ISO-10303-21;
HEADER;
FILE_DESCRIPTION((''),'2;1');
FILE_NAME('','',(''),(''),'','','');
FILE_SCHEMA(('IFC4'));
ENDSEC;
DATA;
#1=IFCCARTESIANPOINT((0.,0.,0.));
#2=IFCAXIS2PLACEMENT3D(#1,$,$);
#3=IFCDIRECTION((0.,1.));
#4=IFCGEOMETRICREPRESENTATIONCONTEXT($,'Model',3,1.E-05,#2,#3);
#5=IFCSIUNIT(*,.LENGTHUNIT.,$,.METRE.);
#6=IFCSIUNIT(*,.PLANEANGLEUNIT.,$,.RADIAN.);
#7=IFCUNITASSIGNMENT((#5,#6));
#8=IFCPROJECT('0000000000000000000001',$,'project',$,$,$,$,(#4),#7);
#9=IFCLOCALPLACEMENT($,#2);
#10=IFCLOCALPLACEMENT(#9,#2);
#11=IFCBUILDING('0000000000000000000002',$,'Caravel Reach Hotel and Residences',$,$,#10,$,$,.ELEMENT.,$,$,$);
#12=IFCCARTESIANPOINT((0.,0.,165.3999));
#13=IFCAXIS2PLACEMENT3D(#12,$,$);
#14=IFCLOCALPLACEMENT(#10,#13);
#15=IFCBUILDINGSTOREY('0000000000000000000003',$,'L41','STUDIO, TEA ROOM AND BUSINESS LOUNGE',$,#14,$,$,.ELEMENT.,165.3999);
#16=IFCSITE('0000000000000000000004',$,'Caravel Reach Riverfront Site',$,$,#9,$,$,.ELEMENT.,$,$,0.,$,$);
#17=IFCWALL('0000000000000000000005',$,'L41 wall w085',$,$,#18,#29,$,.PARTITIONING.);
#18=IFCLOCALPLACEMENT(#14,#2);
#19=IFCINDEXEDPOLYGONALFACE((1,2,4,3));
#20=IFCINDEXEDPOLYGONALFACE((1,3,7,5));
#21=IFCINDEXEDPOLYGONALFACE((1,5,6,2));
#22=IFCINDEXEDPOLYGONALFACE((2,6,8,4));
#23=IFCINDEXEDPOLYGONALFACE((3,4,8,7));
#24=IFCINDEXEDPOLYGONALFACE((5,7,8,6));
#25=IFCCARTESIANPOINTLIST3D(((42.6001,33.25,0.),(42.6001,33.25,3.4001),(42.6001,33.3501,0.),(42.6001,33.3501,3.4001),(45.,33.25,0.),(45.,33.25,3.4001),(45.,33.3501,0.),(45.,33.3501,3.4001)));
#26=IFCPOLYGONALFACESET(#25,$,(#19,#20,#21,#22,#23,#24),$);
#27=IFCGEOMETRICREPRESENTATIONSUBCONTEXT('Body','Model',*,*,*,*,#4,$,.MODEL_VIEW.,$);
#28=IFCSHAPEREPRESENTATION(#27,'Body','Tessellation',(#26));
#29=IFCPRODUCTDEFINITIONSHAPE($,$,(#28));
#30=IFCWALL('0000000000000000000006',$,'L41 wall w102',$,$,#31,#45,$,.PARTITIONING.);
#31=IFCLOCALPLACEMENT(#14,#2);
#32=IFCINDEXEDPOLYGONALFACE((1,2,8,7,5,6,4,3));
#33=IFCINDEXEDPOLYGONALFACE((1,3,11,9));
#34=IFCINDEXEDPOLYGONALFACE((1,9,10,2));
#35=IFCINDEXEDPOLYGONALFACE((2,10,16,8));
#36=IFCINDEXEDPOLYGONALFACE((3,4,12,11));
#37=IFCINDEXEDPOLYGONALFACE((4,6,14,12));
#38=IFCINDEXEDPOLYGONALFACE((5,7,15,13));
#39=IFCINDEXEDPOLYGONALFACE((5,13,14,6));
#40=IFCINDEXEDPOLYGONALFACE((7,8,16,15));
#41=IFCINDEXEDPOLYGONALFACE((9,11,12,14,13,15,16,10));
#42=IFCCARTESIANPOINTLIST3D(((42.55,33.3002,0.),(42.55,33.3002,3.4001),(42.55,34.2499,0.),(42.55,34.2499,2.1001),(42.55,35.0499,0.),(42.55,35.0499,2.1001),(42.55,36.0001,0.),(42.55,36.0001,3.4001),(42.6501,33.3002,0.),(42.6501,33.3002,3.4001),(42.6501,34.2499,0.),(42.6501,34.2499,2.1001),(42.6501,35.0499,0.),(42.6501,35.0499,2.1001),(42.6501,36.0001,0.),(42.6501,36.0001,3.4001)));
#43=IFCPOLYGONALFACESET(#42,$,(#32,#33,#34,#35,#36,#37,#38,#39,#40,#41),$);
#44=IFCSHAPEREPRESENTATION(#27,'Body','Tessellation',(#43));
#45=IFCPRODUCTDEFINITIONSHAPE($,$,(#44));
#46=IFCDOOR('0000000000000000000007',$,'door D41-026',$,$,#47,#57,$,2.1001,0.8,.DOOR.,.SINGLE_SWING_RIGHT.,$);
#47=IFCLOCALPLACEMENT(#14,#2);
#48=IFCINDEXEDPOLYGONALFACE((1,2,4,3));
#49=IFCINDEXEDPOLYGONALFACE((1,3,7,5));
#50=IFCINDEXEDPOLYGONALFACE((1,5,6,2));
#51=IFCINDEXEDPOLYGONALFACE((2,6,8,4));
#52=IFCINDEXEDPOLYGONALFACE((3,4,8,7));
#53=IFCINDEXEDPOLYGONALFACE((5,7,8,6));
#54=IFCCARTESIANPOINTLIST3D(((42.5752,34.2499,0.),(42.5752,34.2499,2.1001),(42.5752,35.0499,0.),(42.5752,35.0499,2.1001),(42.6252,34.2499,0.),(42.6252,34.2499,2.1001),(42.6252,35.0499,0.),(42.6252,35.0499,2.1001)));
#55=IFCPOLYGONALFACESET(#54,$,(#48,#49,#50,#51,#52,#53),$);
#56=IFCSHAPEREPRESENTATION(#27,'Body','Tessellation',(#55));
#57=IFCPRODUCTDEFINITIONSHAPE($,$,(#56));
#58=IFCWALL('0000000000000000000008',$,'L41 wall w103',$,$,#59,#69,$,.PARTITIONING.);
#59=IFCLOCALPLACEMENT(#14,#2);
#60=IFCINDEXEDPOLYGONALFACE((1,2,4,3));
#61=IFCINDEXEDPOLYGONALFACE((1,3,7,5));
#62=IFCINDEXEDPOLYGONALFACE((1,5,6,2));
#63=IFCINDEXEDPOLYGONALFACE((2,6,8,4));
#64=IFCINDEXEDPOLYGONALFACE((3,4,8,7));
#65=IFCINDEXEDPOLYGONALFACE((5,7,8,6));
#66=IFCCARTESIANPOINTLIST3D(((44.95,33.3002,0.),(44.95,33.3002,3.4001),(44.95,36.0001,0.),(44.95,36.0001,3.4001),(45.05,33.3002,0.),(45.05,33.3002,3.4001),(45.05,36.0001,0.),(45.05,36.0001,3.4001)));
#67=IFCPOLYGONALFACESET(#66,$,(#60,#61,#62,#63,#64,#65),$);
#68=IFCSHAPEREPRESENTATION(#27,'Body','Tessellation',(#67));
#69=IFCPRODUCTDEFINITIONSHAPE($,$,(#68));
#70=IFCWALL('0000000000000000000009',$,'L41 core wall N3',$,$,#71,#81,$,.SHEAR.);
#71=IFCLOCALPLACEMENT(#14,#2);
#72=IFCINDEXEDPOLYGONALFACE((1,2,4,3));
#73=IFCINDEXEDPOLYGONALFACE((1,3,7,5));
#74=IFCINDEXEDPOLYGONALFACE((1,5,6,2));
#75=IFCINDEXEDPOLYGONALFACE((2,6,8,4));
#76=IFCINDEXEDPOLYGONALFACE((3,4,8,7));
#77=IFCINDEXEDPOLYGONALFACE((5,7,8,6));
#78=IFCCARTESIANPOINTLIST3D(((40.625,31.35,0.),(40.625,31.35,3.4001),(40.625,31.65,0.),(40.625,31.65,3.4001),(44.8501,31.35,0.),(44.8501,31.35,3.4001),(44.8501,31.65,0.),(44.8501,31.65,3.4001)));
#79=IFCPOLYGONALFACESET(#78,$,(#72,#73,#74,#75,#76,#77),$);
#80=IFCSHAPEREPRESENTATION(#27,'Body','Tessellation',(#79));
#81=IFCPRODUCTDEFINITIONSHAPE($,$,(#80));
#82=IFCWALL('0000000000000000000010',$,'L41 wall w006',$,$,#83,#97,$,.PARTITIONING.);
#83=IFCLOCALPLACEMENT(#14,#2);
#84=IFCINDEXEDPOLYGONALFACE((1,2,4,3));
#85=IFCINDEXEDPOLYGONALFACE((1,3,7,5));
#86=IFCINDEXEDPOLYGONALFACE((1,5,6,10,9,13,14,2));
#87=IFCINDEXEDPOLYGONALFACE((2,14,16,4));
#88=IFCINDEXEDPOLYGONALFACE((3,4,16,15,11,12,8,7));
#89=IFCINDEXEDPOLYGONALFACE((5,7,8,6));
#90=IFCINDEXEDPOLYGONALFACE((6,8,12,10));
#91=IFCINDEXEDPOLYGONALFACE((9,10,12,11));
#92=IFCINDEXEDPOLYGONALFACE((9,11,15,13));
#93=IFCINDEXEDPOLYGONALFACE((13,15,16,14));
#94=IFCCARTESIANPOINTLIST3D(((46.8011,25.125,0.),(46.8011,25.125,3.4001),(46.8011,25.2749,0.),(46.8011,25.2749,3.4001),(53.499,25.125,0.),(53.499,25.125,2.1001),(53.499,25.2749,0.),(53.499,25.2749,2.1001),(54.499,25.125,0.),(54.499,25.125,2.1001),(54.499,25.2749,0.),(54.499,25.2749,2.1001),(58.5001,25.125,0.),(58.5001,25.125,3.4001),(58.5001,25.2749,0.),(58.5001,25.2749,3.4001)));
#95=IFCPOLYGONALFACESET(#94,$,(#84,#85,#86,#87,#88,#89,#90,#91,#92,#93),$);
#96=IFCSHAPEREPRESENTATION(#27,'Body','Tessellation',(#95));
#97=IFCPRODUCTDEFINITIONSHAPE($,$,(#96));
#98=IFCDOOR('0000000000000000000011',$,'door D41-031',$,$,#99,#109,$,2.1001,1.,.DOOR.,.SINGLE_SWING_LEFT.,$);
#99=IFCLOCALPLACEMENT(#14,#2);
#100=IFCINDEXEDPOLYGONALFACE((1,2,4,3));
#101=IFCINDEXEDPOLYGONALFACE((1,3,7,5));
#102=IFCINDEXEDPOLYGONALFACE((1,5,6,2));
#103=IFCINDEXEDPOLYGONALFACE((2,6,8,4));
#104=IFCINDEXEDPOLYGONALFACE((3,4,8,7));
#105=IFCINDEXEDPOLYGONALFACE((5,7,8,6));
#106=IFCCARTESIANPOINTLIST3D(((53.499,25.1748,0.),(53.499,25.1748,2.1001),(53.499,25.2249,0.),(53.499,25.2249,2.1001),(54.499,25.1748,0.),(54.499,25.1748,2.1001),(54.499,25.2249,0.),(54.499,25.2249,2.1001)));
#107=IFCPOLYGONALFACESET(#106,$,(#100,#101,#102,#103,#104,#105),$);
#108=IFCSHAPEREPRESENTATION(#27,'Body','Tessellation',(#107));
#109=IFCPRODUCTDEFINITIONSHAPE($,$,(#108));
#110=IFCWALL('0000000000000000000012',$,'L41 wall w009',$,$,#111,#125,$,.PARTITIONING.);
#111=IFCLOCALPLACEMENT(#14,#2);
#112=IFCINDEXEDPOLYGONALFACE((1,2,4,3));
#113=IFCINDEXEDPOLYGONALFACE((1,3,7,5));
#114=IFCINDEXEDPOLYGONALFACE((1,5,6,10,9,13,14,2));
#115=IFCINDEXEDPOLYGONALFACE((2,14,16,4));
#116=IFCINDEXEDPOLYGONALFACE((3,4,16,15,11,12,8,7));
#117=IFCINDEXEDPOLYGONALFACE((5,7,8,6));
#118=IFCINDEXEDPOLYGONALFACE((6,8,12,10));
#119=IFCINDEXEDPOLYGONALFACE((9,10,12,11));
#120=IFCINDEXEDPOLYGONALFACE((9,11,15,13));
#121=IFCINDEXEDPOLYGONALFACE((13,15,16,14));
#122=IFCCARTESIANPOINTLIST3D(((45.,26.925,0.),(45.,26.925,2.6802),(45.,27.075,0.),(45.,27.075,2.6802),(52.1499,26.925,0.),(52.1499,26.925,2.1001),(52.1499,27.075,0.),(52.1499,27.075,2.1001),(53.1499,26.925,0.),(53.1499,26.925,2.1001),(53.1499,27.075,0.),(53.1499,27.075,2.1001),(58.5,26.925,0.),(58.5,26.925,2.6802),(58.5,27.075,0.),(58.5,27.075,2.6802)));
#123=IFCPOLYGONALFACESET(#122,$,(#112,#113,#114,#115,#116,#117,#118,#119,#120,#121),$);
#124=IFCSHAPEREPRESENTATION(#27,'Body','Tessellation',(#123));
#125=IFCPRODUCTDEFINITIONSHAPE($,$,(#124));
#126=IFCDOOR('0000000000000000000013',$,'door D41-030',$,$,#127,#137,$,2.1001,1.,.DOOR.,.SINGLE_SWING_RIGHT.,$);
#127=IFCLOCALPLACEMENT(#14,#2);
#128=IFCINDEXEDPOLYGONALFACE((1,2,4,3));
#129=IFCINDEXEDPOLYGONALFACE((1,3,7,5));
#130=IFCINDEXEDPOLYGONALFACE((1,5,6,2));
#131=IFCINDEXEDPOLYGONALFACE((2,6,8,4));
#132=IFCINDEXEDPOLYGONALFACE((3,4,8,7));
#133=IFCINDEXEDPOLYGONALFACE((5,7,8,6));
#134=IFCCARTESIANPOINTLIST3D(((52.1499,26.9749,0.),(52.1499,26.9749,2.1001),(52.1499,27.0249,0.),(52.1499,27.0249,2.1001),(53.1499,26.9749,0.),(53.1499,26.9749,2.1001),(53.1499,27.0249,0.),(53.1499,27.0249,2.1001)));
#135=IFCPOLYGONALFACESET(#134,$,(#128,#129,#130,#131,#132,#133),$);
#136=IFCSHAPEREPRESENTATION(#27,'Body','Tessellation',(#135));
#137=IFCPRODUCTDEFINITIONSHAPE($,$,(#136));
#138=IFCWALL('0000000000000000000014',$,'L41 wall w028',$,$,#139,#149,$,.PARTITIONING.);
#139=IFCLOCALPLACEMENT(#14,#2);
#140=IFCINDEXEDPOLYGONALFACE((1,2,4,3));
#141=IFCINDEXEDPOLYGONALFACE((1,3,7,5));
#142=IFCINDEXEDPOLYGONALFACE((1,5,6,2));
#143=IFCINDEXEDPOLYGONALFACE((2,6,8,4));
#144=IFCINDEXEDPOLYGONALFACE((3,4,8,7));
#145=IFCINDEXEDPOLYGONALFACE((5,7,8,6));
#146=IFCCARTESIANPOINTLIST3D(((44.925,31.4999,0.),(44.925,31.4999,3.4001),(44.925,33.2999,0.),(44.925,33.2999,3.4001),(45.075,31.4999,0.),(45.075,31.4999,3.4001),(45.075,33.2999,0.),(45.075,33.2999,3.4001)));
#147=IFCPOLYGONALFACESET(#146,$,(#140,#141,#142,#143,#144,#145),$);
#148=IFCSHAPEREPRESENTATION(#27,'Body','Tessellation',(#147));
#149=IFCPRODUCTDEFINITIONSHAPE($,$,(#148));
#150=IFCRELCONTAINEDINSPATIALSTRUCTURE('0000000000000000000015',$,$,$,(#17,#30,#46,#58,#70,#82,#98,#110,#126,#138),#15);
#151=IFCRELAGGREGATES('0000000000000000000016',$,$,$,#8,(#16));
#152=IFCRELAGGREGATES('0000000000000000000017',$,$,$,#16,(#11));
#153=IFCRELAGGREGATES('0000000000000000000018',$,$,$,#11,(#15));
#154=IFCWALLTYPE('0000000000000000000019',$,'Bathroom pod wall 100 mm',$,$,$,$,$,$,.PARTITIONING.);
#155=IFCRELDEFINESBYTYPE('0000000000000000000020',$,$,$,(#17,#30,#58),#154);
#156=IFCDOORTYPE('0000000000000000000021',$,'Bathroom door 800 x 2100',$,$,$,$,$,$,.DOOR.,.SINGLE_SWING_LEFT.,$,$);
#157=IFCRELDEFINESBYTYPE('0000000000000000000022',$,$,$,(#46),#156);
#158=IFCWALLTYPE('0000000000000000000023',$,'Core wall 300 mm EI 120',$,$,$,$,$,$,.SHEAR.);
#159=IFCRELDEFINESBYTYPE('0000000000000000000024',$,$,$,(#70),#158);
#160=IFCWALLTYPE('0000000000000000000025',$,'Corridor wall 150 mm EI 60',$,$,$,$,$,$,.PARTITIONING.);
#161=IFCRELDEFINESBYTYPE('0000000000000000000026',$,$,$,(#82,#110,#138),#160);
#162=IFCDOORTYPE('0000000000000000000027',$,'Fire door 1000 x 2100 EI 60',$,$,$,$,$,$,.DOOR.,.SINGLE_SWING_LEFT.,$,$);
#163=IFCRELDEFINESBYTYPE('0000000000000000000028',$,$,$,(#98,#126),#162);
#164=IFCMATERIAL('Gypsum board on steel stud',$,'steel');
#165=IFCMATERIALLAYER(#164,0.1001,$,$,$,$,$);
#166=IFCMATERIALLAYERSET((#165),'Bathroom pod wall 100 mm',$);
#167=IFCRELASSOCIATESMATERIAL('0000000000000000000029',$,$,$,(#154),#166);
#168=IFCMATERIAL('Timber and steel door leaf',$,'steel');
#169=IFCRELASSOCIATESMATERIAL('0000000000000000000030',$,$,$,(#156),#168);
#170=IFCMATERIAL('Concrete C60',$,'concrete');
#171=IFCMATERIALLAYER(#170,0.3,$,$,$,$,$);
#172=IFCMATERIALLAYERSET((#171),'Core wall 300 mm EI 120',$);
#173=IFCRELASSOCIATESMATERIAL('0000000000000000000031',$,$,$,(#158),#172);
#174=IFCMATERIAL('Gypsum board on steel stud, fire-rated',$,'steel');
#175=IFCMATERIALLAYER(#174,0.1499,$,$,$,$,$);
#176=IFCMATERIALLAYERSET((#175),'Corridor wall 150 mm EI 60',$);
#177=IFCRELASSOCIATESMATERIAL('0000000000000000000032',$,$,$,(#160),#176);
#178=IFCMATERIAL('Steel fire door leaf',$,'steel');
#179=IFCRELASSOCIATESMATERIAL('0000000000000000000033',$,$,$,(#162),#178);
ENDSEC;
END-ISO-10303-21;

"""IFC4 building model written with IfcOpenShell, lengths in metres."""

from ifc_helpers import new_model, si_unit, direction, frame, frame_2d, origin, place, context, subcontext, project, spatial, rectangle, extrude, material, layer, layer_set, type_object, element, fill, save


model = new_model("IFC4")

# Units and contexts
model_context = context("Model", 3, precision=1e-05, world=origin(), true_north=direction((0.0, 1.0)))
body_context = subcontext(model_context, "Body", "Model", "MODEL_VIEW")
ifc_project = project(units=[si_unit("LENGTHUNIT", "METRE"), si_unit("PLANEANGLEUNIT", "RADIAN")], contexts=[model_context])

# Site, building, storey
site_placement = place(None, origin())
site = spatial("IfcSite", under=ifc_project, at=site_placement, Name="Caravel Reach Riverfront Site", CompositionType="ELEMENT", RefElevation=0.0)
building_placement = place(site_placement, origin())
building = spatial("IfcBuilding", under=site, at=building_placement, Name="Caravel Reach Hotel and Residences", CompositionType="ELEMENT")
storey_placement = place(building_placement, frame((0.0, 0.0, 165.3999)))
storey = spatial("IfcBuildingStorey", under=building, at=storey_placement, Name="L41", Description="STUDIO, TEA ROOM AND BUSINESS LOUNGE", CompositionType="ELEMENT", Elevation=165.3999)

# Wall
ifc_material_1 = material(Name="Gypsum board on steel stud", Category="steel")
ifc_layer_1 = layer(ifc_material_1, 0.1001)
ifc_layer_set_1 = layer_set([ifc_layer_1], Name="Bathroom pod wall 100 mm")
wall_type_1 = type_object("IfcWallType", Name="Bathroom pod wall 100 mm", PredefinedType="PARTITIONING", material=ifc_layer_set_1)
wall_1_placement = place(storey_placement, frame((42.6001, 33.3, 0.0), z_axis=(0.0, 0.0, 1.0), x_axis=(1.0, 0.0, 0.0)))
element("IfcWall", 1, at=wall_1_placement, inside=storey, type_object=wall_type_1, Name="L41 wall w085", PredefinedType="PARTITIONING", context=body_context, shape_type="SweptSolid", body=[
    extrude(rectangle(XDim=2.3999, YDim=0.1001, at=frame_2d((1.2, 0.0))), origin(), (0.0, 0.0, 1.0), 3.4001),
])

# Wall, opening, door
wall_2_placement = place(storey_placement, frame((42.6001, 33.3, 0.0), z_axis=(0.0, 0.0, 1.0), x_axis=(0.0, 1.0, 0.0)))
wall_2 = element("IfcWall", 2, at=wall_2_placement, inside=storey, type_object=wall_type_1, Name="L41 wall w102", PredefinedType="PARTITIONING", context=body_context, shape_type="SweptSolid", body=[
    extrude(rectangle(XDim=2.7, YDim=0.1001, at=frame_2d((1.3501, 0.0))), origin(), (0.0, 0.0, 1.0), 3.4001),
])
opening_1_placement = place(wall_2_placement, frame((0.95, 0.0, 0.0)))
opening_1 = element("IfcOpeningElement", 3, at=opening_1_placement, cuts=wall_2, PredefinedType="OPENING", context=body_context, shape_type="SweptSolid", body=[
    extrude(rectangle(XDim=0.8, YDim=2.1001, at=frame_2d((0.3999, 1.05))), frame((0.0, 0.0601, 0.0), z_axis=(0.0, -1.0, 0.0), x_axis=(1.0, 0.0, 0.0)), (0.0, 0.0, 1.0), 0.1201),
])
ifc_material_2 = material(Name="Timber and steel door leaf", Category="steel")
door_type_1 = type_object("IfcDoorType", Name="Bathroom door 800 x 2100", OperationType="SINGLE_SWING_LEFT", PredefinedType="DOOR", material=ifc_material_2)
door_1_placement = place(opening_1_placement, origin())
door_1 = element("IfcDoor", 4, at=door_1_placement, inside=storey, type_object=door_type_1, Name="door D41-026", OperationType="SINGLE_SWING_RIGHT", OverallHeight=2.1001, OverallWidth=0.8, PredefinedType="DOOR", context=body_context, shape_type="SweptSolid", body=[
    extrude(rectangle(XDim=0.8, YDim=2.1001, at=frame_2d((0.3999, 1.05))), frame((0.0, 0.0249, 0.0), z_axis=(0.0, -1.0, 0.0), x_axis=(1.0, 0.0, 0.0)), (0.0, 0.0, 1.0), 0.05),
])
fill(opening_1, door_1)

# Walls
wall_3_placement = place(storey_placement, frame((45.0, 33.3, 0.0), z_axis=(0.0, 0.0, 1.0), x_axis=(0.0, 1.0, 0.0)))
element("IfcWall", 5, at=wall_3_placement, inside=storey, type_object=wall_type_1, Name="L41 wall w103", PredefinedType="PARTITIONING", context=body_context, shape_type="SweptSolid", body=[
    extrude(rectangle(XDim=2.7, YDim=0.1001, at=frame_2d((1.3501, 0.0))), origin(), (0.0, 0.0, 1.0), 3.4001),
])
ifc_material_3 = material(Name="Concrete C60", Category="concrete")
ifc_layer_2 = layer(ifc_material_3, 0.3)
ifc_layer_set_2 = layer_set([ifc_layer_2], Name="Core wall 300 mm EI 120")
wall_type_2 = type_object("IfcWallType", Name="Core wall 300 mm EI 120", PredefinedType="SHEAR", material=ifc_layer_set_2)
wall_4_placement = place(storey_placement, frame((40.625, 31.5, 0.0), z_axis=(0.0, 0.0, 1.0), x_axis=(1.0, 0.0, 0.0)))
element("IfcWall", 6, at=wall_4_placement, inside=storey, type_object=wall_type_2, Name="L41 core wall N3", PredefinedType="SHEAR", context=body_context, shape_type="SweptSolid", body=[
    extrude(rectangle(XDim=4.2251, YDim=0.3, at=frame_2d((2.1125, 0.0))), origin(), (0.0, 0.0, 1.0), 3.4001),
])

# Walls, openings, doors
ifc_material_4 = material(Name="Gypsum board on steel stud, fire-rated", Category="steel")
ifc_layer_3 = layer(ifc_material_4, 0.1499)
ifc_layer_set_3 = layer_set([ifc_layer_3], Name="Corridor wall 150 mm EI 60")
wall_type_3 = type_object("IfcWallType", Name="Corridor wall 150 mm EI 60", PredefinedType="PARTITIONING", material=ifc_layer_set_3)
wall_5_placement = place(storey_placement, frame((46.801, 25.2, 0.0), z_axis=(0.0, 0.0, 1.0), x_axis=(1.0, 0.0, 0.0)))
wall_5 = element("IfcWall", 7, at=wall_5_placement, inside=storey, type_object=wall_type_3, Name="L41 wall w006", PredefinedType="PARTITIONING", context=body_context, shape_type="SweptSolid", body=[
    extrude(rectangle(XDim=11.699, YDim=0.1499, at=frame_2d((5.8496, 0.0))), origin(), (0.0, 0.0, 1.0), 3.4001),
])
opening_2_placement = place(wall_5_placement, frame((6.698, 0.0, 0.0)))
opening_2 = element("IfcOpeningElement", 8, at=opening_2_placement, cuts=wall_5, PredefinedType="OPENING", context=body_context, shape_type="SweptSolid", body=[
    extrude(rectangle(XDim=1.0, YDim=2.1001, at=frame_2d((0.5, 1.05))), frame((0.0, 0.085, 0.0), z_axis=(0.0, -1.0, 0.0), x_axis=(1.0, 0.0, 0.0)), (0.0, 0.0, 1.0), 0.1699),
])
ifc_material_5 = material(Name="Steel fire door leaf", Category="steel")
door_type_2 = type_object("IfcDoorType", Name="Fire door 1000 x 2100 EI 60", OperationType="SINGLE_SWING_LEFT", PredefinedType="DOOR", material=ifc_material_5)
door_2_placement = place(opening_2_placement, origin())
door_2 = element("IfcDoor", 9, at=door_2_placement, inside=storey, type_object=door_type_2, Name="door D41-031", OperationType="SINGLE_SWING_LEFT", OverallHeight=2.1001, OverallWidth=1.0, PredefinedType="DOOR", context=body_context, shape_type="SweptSolid", body=[
    extrude(rectangle(XDim=1.0, YDim=2.1001, at=frame_2d((0.5, 1.05))), frame((0.0, 0.0249, 0.0), z_axis=(0.0, -1.0, 0.0), x_axis=(1.0, 0.0, 0.0)), (0.0, 0.0, 1.0), 0.05),
])
fill(opening_2, door_2)
wall_6_placement = place(storey_placement, frame((45.0, 27.0, 0.0), z_axis=(0.0, 0.0, 1.0), x_axis=(1.0, 0.0, 0.0)))
wall_6 = element("IfcWall", 10, at=wall_6_placement, inside=storey, type_object=wall_type_3, Name="L41 wall w009", PredefinedType="PARTITIONING", context=body_context, shape_type="SweptSolid", body=[
    extrude(rectangle(XDim=13.5, YDim=0.1499, at=frame_2d((6.75, 0.0))), origin(), (0.0, 0.0, 1.0), 2.6802),
])
opening_3_placement = place(wall_6_placement, frame((7.1499, 0.0, 0.0)))
opening_3 = element("IfcOpeningElement", 11, at=opening_3_placement, cuts=wall_6, PredefinedType="OPENING", context=body_context, shape_type="SweptSolid", body=[
    extrude(rectangle(XDim=1.0, YDim=2.1001, at=frame_2d((0.5, 1.05))), frame((0.0, 0.085, 0.0), z_axis=(0.0, -1.0, 0.0), x_axis=(1.0, 0.0, 0.0)), (0.0, 0.0, 1.0), 0.1699),
])
door_3_placement = place(opening_3_placement, origin())
door_3 = element("IfcDoor", 12, at=door_3_placement, inside=storey, type_object=door_type_2, Name="door D41-030", OperationType="SINGLE_SWING_RIGHT", OverallHeight=2.1001, OverallWidth=1.0, PredefinedType="DOOR", context=body_context, shape_type="SweptSolid", body=[
    extrude(rectangle(XDim=1.0, YDim=2.1001, at=frame_2d((0.5, 1.05))), frame((0.0, 0.0249, 0.0), z_axis=(0.0, -1.0, 0.0), x_axis=(1.0, 0.0, 0.0)), (0.0, 0.0, 1.0), 0.05),
])
fill(opening_3, door_3)

# Wall
wall_7_placement = place(storey_placement, frame((45.0, 31.5, 0.0), z_axis=(0.0, 0.0, 1.0), x_axis=(0.0, 1.0, 0.0)))
element("IfcWall", 13, at=wall_7_placement, inside=storey, type_object=wall_type_3, Name="L41 wall w028", PredefinedType="PARTITIONING", context=body_context, shape_type="SweptSolid", body=[
    extrude(rectangle(XDim=1.8, YDim=0.1499, at=frame_2d((0.8999, 0.0))), origin(), (0.0, 0.0, 1.0), 3.4001),
])

save(model, "model.ifc")
